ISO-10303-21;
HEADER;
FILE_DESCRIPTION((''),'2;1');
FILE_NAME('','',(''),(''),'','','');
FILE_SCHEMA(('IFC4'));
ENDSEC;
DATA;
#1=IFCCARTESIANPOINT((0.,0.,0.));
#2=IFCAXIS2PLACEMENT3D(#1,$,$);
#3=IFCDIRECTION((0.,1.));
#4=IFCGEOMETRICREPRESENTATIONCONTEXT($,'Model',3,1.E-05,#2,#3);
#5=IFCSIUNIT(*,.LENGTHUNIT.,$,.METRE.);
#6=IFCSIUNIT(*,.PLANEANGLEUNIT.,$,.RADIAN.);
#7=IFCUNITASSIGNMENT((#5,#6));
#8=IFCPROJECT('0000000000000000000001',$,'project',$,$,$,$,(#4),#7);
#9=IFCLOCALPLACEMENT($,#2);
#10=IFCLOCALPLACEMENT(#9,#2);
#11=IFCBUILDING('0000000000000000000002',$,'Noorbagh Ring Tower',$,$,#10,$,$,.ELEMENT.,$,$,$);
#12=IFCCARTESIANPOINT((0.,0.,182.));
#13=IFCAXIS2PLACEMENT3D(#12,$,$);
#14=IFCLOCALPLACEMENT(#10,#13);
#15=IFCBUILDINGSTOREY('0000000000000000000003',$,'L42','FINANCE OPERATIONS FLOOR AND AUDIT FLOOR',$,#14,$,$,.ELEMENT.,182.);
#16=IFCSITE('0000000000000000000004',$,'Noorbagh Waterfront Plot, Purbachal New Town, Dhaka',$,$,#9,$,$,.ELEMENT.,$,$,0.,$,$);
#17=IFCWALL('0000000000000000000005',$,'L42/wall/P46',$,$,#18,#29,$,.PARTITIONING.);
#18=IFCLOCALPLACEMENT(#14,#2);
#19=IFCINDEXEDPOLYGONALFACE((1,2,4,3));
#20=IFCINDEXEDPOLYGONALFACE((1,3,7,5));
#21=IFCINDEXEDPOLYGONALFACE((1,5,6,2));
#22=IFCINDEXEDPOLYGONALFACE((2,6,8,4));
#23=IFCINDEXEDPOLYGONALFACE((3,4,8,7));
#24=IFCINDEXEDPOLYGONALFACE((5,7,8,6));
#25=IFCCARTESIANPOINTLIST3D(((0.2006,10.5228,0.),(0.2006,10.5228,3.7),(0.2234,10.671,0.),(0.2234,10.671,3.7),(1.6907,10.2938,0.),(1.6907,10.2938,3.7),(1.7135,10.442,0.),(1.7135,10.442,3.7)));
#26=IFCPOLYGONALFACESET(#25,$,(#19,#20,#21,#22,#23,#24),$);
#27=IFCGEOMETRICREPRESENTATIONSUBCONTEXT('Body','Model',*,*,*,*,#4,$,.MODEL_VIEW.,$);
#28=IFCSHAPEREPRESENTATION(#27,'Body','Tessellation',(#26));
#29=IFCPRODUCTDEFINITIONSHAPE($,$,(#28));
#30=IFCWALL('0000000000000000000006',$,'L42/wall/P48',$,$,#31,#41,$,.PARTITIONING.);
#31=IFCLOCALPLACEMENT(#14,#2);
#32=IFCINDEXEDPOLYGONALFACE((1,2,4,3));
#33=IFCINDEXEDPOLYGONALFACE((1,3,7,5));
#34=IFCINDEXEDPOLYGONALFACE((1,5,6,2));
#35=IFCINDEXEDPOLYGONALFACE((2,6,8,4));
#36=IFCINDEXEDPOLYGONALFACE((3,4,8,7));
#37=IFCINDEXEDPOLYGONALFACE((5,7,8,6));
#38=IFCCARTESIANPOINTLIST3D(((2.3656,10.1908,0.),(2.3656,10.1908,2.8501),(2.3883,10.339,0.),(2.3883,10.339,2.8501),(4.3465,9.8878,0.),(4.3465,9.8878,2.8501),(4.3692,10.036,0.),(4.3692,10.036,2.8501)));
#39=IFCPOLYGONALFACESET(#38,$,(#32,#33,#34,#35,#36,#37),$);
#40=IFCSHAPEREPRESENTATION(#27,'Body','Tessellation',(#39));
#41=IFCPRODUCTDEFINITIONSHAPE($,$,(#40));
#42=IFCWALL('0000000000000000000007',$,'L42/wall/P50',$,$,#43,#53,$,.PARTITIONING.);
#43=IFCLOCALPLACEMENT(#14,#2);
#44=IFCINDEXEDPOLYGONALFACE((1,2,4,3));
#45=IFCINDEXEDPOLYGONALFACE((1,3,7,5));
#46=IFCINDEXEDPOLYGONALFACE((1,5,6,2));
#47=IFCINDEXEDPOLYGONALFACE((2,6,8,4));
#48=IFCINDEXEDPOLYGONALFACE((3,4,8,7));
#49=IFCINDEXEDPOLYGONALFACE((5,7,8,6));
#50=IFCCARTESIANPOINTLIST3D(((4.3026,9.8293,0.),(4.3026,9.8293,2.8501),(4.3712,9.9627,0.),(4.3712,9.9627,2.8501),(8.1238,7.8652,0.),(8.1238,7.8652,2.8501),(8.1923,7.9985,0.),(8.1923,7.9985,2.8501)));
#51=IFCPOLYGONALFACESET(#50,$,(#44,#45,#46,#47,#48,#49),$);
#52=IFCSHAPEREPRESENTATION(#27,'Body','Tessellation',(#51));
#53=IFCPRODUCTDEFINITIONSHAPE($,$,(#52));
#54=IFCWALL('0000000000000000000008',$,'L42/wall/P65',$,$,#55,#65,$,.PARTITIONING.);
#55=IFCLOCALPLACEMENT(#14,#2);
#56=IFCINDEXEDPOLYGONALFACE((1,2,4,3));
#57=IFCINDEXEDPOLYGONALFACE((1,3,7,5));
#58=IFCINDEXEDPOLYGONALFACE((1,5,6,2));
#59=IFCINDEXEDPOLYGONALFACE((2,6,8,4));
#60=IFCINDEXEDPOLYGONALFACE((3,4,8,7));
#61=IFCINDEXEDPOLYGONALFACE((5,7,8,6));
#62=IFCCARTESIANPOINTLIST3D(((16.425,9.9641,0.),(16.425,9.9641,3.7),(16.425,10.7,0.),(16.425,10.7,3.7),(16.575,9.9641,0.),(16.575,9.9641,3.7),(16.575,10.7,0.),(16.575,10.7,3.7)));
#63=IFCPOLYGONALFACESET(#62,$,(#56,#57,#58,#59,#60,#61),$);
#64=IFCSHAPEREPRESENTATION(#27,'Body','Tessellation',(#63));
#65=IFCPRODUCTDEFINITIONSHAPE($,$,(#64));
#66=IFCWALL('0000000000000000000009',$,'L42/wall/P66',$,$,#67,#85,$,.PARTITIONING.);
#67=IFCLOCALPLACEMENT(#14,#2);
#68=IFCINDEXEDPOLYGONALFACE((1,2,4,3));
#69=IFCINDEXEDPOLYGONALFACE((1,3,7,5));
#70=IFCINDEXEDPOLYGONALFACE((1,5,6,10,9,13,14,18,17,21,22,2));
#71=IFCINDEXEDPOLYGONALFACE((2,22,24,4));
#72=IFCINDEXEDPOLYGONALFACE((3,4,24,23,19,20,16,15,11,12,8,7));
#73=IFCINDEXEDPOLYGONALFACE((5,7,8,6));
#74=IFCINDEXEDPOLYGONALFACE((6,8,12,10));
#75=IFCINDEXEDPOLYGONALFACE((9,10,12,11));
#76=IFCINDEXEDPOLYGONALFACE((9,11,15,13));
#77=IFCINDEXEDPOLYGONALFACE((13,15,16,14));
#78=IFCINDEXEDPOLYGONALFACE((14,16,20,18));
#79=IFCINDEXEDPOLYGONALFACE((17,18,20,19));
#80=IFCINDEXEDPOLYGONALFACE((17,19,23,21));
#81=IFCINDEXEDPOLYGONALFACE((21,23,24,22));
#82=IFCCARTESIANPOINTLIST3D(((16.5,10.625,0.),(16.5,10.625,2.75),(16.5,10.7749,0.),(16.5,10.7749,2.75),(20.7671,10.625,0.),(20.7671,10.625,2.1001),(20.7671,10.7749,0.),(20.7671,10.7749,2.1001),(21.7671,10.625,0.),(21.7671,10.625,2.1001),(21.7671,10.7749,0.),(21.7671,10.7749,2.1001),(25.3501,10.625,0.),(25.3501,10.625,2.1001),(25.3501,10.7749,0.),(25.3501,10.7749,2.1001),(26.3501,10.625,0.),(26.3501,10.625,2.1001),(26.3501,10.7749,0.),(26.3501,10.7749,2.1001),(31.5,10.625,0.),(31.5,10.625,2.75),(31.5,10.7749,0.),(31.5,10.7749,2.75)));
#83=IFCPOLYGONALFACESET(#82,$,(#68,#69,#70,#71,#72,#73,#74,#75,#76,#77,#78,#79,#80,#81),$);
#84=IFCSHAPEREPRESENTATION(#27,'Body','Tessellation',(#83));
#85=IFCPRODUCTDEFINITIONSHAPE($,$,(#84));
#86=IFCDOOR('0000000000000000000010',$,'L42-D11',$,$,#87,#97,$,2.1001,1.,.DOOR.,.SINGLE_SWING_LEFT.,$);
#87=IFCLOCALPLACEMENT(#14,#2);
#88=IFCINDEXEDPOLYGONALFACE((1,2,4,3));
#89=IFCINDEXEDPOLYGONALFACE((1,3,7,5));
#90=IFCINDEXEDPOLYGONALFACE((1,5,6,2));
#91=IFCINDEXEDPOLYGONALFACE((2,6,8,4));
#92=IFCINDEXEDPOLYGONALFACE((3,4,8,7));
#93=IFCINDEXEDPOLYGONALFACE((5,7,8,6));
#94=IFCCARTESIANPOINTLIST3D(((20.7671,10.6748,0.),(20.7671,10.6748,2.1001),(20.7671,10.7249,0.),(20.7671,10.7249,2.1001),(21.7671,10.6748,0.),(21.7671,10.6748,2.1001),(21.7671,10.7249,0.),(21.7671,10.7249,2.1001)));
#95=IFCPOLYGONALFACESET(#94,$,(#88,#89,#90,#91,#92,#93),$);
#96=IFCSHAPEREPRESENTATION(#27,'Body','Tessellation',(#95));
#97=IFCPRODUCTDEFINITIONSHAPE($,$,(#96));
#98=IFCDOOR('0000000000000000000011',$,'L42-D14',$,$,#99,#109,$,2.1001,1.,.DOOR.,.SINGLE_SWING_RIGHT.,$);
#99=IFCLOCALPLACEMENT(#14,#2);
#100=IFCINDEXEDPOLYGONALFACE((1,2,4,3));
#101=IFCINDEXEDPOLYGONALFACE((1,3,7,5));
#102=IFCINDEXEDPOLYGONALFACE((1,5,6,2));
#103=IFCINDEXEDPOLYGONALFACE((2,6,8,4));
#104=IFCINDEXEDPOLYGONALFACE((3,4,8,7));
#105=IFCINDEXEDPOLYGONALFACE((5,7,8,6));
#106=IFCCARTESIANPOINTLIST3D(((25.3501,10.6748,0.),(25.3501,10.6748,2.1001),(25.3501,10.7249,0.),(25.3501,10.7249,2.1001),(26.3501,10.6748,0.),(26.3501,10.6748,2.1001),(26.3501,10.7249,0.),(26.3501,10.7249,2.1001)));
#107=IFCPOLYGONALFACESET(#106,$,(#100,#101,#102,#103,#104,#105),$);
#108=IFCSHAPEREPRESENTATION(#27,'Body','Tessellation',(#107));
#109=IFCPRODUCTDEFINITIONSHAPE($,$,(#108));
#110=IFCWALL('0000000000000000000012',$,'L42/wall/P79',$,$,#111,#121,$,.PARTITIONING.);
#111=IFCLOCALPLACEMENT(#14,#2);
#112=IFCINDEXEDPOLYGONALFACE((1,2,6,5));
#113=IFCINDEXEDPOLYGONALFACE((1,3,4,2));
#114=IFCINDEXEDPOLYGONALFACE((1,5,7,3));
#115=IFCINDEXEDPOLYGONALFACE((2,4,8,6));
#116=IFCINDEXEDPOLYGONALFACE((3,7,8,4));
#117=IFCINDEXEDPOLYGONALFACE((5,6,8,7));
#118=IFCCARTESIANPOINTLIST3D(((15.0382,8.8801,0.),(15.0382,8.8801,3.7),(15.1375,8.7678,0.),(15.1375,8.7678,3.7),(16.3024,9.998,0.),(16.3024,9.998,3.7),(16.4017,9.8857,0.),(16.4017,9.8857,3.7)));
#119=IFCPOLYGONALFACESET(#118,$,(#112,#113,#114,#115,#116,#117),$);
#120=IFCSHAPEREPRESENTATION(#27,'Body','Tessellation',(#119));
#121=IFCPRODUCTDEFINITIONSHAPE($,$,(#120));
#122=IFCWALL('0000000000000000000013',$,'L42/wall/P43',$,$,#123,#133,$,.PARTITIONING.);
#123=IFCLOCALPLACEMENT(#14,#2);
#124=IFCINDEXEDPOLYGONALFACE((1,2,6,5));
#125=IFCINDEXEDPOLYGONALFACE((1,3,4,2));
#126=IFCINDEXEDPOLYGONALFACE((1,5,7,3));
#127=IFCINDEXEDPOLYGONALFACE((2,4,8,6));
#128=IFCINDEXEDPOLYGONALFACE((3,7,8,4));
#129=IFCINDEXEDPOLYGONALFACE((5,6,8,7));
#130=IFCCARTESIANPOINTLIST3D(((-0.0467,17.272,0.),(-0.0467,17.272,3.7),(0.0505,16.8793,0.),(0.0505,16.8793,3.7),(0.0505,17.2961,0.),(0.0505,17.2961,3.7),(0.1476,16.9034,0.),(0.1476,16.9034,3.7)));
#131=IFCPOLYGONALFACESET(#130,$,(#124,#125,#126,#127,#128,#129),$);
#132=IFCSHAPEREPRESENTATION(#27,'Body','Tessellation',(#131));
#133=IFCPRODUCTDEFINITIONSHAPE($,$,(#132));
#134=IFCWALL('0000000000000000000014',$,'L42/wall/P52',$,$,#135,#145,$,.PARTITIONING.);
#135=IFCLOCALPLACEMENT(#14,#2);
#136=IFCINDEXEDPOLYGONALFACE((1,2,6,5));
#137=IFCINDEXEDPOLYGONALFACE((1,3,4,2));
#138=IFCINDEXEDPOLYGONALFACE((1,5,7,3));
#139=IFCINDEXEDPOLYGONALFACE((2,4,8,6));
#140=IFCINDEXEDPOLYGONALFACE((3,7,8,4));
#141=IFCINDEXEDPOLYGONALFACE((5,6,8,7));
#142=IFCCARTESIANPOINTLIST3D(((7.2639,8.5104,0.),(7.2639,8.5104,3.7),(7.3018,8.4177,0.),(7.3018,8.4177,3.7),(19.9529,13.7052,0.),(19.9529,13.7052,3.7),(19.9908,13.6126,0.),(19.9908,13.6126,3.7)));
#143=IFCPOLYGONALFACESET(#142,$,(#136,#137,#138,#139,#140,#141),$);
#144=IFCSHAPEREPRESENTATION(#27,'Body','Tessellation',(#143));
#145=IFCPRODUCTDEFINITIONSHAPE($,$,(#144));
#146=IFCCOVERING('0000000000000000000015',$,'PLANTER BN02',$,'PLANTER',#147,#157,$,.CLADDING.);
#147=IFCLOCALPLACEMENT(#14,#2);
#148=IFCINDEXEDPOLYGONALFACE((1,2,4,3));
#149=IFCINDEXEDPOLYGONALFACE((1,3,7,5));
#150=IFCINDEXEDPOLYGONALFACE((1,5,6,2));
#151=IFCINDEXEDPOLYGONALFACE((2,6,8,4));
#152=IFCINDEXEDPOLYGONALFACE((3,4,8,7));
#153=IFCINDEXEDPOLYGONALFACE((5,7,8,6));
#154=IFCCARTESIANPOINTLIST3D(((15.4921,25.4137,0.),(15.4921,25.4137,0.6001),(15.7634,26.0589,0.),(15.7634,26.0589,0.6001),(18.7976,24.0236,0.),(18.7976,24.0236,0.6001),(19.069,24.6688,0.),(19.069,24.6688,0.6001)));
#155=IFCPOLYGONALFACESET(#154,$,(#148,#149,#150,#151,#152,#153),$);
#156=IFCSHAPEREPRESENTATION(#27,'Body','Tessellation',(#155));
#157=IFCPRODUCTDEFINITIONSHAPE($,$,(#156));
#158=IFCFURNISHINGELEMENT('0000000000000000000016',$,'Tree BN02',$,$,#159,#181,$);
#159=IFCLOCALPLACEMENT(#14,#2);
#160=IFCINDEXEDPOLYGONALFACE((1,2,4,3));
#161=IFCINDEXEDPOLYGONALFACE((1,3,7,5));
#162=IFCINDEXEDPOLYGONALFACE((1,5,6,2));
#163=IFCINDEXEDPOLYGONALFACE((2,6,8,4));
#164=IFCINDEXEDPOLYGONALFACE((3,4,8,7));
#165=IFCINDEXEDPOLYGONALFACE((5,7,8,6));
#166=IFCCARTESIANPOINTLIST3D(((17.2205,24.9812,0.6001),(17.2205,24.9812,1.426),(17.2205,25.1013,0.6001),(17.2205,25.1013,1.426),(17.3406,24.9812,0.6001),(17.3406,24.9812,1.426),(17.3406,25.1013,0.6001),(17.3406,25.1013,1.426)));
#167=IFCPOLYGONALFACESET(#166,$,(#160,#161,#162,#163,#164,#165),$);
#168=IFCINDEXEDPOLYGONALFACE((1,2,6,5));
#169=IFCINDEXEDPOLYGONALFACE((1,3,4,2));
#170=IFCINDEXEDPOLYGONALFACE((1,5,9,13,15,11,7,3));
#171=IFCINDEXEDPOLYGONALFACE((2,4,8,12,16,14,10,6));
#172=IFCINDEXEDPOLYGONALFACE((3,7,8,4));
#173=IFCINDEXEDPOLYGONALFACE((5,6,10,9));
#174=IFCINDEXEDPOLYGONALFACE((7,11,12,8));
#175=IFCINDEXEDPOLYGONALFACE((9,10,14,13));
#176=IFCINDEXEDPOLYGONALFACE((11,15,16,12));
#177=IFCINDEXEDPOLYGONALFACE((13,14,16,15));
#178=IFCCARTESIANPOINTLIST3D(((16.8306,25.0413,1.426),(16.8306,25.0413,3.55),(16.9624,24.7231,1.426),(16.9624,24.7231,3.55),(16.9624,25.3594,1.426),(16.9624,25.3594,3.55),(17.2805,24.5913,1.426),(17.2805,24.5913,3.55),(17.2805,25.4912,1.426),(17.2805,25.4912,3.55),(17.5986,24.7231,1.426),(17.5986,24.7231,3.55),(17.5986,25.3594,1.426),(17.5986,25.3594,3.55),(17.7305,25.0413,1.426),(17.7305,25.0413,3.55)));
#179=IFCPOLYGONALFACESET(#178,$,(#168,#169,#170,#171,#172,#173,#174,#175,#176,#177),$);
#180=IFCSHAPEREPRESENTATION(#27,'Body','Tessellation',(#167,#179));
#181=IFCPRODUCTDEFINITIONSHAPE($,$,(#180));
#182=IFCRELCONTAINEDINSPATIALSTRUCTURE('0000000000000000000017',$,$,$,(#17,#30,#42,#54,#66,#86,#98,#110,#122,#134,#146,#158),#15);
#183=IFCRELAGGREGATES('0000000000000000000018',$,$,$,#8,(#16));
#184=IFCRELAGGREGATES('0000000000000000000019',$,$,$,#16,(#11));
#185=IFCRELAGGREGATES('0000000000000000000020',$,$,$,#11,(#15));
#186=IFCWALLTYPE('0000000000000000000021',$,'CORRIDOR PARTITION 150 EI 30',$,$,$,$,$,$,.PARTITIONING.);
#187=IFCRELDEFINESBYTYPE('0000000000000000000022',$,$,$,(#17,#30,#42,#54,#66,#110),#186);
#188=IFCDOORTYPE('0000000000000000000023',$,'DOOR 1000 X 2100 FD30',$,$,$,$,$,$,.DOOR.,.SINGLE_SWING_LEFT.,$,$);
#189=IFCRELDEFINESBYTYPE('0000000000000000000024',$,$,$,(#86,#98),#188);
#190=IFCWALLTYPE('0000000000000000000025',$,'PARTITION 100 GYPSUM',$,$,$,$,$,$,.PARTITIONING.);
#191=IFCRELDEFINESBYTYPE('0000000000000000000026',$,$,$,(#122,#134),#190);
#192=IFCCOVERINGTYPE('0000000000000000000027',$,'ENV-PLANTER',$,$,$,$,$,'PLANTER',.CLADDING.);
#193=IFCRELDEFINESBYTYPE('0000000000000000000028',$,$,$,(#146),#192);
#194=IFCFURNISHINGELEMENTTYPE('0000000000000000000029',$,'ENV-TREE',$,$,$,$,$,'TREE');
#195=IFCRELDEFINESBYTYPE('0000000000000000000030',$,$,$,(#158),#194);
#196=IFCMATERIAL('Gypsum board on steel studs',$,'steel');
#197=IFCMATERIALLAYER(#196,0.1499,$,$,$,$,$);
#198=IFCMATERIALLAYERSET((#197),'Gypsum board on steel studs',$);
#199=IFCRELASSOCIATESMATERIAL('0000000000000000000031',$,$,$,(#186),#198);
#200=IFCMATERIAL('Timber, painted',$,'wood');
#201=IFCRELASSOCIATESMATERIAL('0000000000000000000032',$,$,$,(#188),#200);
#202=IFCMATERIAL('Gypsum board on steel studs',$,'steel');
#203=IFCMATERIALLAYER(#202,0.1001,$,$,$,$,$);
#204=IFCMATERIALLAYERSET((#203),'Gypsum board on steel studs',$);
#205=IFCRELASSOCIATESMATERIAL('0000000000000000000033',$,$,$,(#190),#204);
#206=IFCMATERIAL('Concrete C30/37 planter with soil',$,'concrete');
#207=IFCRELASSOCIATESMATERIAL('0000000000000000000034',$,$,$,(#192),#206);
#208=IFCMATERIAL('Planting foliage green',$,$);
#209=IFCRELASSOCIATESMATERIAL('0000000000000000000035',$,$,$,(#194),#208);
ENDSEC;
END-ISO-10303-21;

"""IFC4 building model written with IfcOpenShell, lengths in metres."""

from ifc_helpers import new_model, si_unit, direction, frame, frame_2d, origin, origin_2d, place, context, subcontext, project, spatial, polyline, rectangle, outline, extrude, material, layer, layer_set, type_object, element, fill, save


model = new_model("IFC4")

# Units and contexts
model_context = context("Model", 3, precision=1e-05, world=origin(), true_north=direction((0.0, 1.0)))
body_context = subcontext(model_context, "Body", "Model", "MODEL_VIEW")
ifc_project = project(units=[si_unit("LENGTHUNIT", "METRE"), si_unit("PLANEANGLEUNIT", "RADIAN")], contexts=[model_context])

# Site, building, storey
site_placement = place(None, origin())
site = spatial("IfcSite", under=ifc_project, at=site_placement, Name="Noorbagh Waterfront Plot, Purbachal New Town, Dhaka", CompositionType="ELEMENT", RefElevation=0.0)
building_placement = place(site_placement, origin())
building = spatial("IfcBuilding", under=site, at=building_placement, Name="Noorbagh Ring Tower", CompositionType="ELEMENT")
storey_placement = place(building_placement, frame((0.0, 0.0, 182.0)))
storey = spatial("IfcBuildingStorey", under=building, at=storey_placement, Name="L42", Description="FINANCE OPERATIONS FLOOR AND AUDIT FLOOR", CompositionType="ELEMENT", Elevation=182.0)

# Walls
ifc_material_1 = material(Name="Gypsum board on steel studs", Category="steel")
ifc_layer_1 = layer(ifc_material_1, 0.1499)
ifc_layer_set_1 = layer_set([ifc_layer_1], Name="Gypsum board on steel studs")
wall_type_1 = type_object("IfcWallType", Name="CORRIDOR PARTITION 150 EI 30", PredefinedType="PARTITIONING", material=ifc_layer_set_1)
wall_1_placement = place(storey_placement, frame((0.2119, 10.5969, 0.0), z_axis=(0.0, 0.0, 1.0), x_axis=(0.988394, -0.151911, 0.0)))
element("IfcWall", 1, at=wall_1_placement, inside=storey, type_object=wall_type_1, Name="L42/wall/P46", PredefinedType="PARTITIONING", context=body_context, shape_type="SweptSolid", body=[
    extrude(rectangle(XDim=1.5076, YDim=0.1499, at=frame_2d((0.7539, 0.0))), origin(), (0.0, 0.0, 1.0), 3.7),
])
wall_2_placement = place(storey_placement, frame((2.377, 10.2649, 0.0), z_axis=(0.0, 0.0, 1.0), x_axis=(0.988505, -0.151187, 0.0)))
element("IfcWall", 2, at=wall_2_placement, inside=storey, type_object=wall_type_1, Name="L42/wall/P48", PredefinedType="PARTITIONING", context=body_context, shape_type="SweptSolid", body=[
    extrude(rectangle(XDim=2.0039, YDim=0.1499, at=frame_2d((1.002, 0.0))), origin(), (0.0, 0.0, 1.0), 2.8501),
])
wall_3_placement = place(storey_placement, frame((4.3369, 9.896, 0.0), z_axis=(0.0, 0.0, 1.0), x_axis=(0.889382, -0.457164, 0.0)))
element("IfcWall", 3, at=wall_3_placement, inside=storey, type_object=wall_type_1, Name="L42/wall/P50", PredefinedType="PARTITIONING", context=body_context, shape_type="SweptSolid", body=[
    extrude(rectangle(XDim=4.2964, YDim=0.1499, at=frame_2d((2.1482, 0.0))), origin(), (0.0, 0.0, 1.0), 2.8501),
])
wall_4_placement = place(storey_placement, frame((16.5, 9.9641, 0.0), z_axis=(0.0, 0.0, 1.0), x_axis=(0.0, 1.0, 0.0)))
element("IfcWall", 4, at=wall_4_placement, inside=storey, type_object=wall_type_1, Name="L42/wall/P65", PredefinedType="PARTITIONING", context=body_context, shape_type="SweptSolid", body=[
    extrude(rectangle(XDim=0.7358, YDim=0.1499, at=frame_2d((0.3679, 0.0))), origin(), (0.0, 0.0, 1.0), 3.7),
])

# Wall, openings, doors
wall_5_placement = place(storey_placement, frame((16.5, 10.7, 0.0), z_axis=(0.0, 0.0, 1.0), x_axis=(1.0, 0.0, 0.0)))
wall_5 = element("IfcWall", 5, at=wall_5_placement, inside=storey, type_object=wall_type_1, Name="L42/wall/P66", PredefinedType="PARTITIONING", context=body_context, shape_type="SweptSolid", body=[
    extrude(rectangle(XDim=15.0, YDim=0.1499, at=frame_2d((7.5, 0.0))), origin(), (0.0, 0.0, 1.0), 2.75),
])
opening_1_placement = place(wall_5_placement, frame((4.2671, 0.0, 0.0)))
opening_1 = element("IfcOpeningElement", 6, at=opening_1_placement, cuts=wall_5, PredefinedType="OPENING", context=body_context, shape_type="SweptSolid", body=[
    extrude(rectangle(XDim=1.0, YDim=2.1001, at=frame_2d((0.5, 1.05))), frame((0.0, 0.085, 0.0), z_axis=(0.0, -1.0, 0.0), x_axis=(1.0, 0.0, 0.0)), (0.0, 0.0, 1.0), 0.1699),
])
opening_2_placement = place(wall_5_placement, frame((8.8501, 0.0, 0.0)))
opening_2 = element("IfcOpeningElement", 7, at=opening_2_placement, cuts=wall_5, PredefinedType="OPENING", context=body_context, shape_type="SweptSolid", body=[
    extrude(rectangle(XDim=1.0, YDim=2.1001, at=frame_2d((0.5, 1.05))), frame((0.0, 0.085, 0.0), z_axis=(0.0, -1.0, 0.0), x_axis=(1.0, 0.0, 0.0)), (0.0, 0.0, 1.0), 0.1699),
])
ifc_material_2 = material(Name="Timber, painted", Category="wood")
door_type_1 = type_object("IfcDoorType", Name="DOOR 1000 X 2100 FD30", OperationType="SINGLE_SWING_LEFT", PredefinedType="DOOR", material=ifc_material_2)
door_1_placement = place(opening_1_placement, origin())
door_1 = element("IfcDoor", 8, at=door_1_placement, inside=storey, type_object=door_type_1, Name="L42-D11", OperationType="SINGLE_SWING_LEFT", OverallHeight=2.1001, OverallWidth=1.0, PredefinedType="DOOR", context=body_context, shape_type="SweptSolid", body=[
    extrude(rectangle(XDim=1.0, YDim=2.1001, at=frame_2d((0.5, 1.05))), frame((0.0, 0.0249, 0.0), z_axis=(0.0, -1.0, 0.0), x_axis=(1.0, 0.0, 0.0)), (0.0, 0.0, 1.0), 0.05),
])
fill(opening_1, door_1)
door_2_placement = place(opening_2_placement, origin())
door_2 = element("IfcDoor", 9, at=door_2_placement, inside=storey, type_object=door_type_1, Name="L42-D14", OperationType="SINGLE_SWING_RIGHT", OverallHeight=2.1001, OverallWidth=1.0, PredefinedType="DOOR", context=body_context, shape_type="SweptSolid", body=[
    extrude(rectangle(XDim=1.0, YDim=2.1001, at=frame_2d((0.5, 1.05))), frame((0.0, 0.0249, 0.0), z_axis=(0.0, -1.0, 0.0), x_axis=(1.0, 0.0, 0.0)), (0.0, 0.0, 1.0), 0.05),
])
fill(opening_2, door_2)

# Walls
wall_6_placement = place(storey_placement, frame((15.0879, 8.824, 0.0), z_axis=(0.0, 0.0, 1.0), x_axis=(0.749107, 0.662449, 0.0)))
element("IfcWall", 10, at=wall_6_placement, inside=storey, type_object=wall_type_1, Name="L42/wall/P79", PredefinedType="PARTITIONING", context=body_context, shape_type="SweptSolid", body=[
    extrude(rectangle(XDim=1.6875, YDim=0.1499, at=frame_2d((0.8438, 0.0))), origin(), (0.0, 0.0, 1.0), 3.7),
])
ifc_material_3 = material(Name="Gypsum board on steel studs", Category="steel")
ifc_layer_2 = layer(ifc_material_3, 0.1001)
ifc_layer_set_2 = layer_set([ifc_layer_2], Name="Gypsum board on steel studs")
wall_type_2 = type_object("IfcWallType", Name="PARTITION 100 GYPSUM", PredefinedType="PARTITIONING", material=ifc_layer_set_2)
wall_7_placement = place(storey_placement, frame((0.002, 17.2839, 0.0), z_axis=(0.0, 0.0, 1.0), x_axis=(0.240122, -0.970743, 0.0)))
element("IfcWall", 11, at=wall_7_placement, inside=storey, type_object=wall_type_2, Name="L42/wall/P43", PredefinedType="PARTITIONING", context=body_context, shape_type="SweptSolid", body=[
    extrude(rectangle(XDim=0.4045, YDim=0.1001, at=frame_2d((0.2021, 0.0))), origin(), (0.0, 0.0, 1.0), 3.7),
])
wall_8_placement = place(storey_placement, frame((7.283, 8.4641, 0.0), z_axis=(0.0, 0.0, 1.0), x_axis=(0.925448, 0.378875, 0.0)))
element("IfcWall", 12, at=wall_8_placement, inside=storey, type_object=wall_type_2, Name="L42/wall/P52", PredefinedType="PARTITIONING", context=body_context, shape_type="SweptSolid", body=[
    extrude(rectangle(XDim=13.7112, YDim=0.1001, at=frame_2d((6.8555, 0.0))), origin(), (0.0, 0.0, 1.0), 3.7),
])

# Covering
ifc_material_4 = material(Name="Concrete C30/37 planter with soil", Category="concrete")
covering_type = type_object("IfcCoveringType", Name="ENV-PLANTER", ElementType="PLANTER", PredefinedType="CLADDING", material=ifc_material_4)
covering_placement = place(storey_placement, frame((17.2805, 25.0413, 0.0), z_axis=(0.0, 0.0, 1.0), x_axis=(-0.921812, 0.387638, 0.0)))
element("IfcCovering", 13, at=covering_placement, inside=storey, type_object=covering_type, Name="PLANTER BN02", ObjectType="PLANTER", PredefinedType="CLADDING", context=body_context, shape_type="SweptSolid", body=[
    extrude(rectangle(XDim=3.5859, YDim=0.7, at=origin_2d()), origin(), (0.0, 0.0, 1.0), 0.6001),
])

# Furnishing element
ifc_material_5 = material(Name="Planting foliage green")
furnishing_element_type = type_object("IfcFurnishingElementType", Name="ENV-TREE", ElementType="TREE", material=ifc_material_5)
furnishing_placement = place(storey_placement, frame((17.2805, 25.0413, 0.6001), z_axis=(0.0, 0.0, 1.0), x_axis=(1.0, 0.0, 0.0)))
element("IfcFurnishingElement", 14, at=furnishing_placement, inside=storey, type_object=furnishing_element_type, Name="Tree BN02", context=body_context, shape_type="SweptSolid", body=[
    extrude(rectangle(XDim=0.1201, YDim=0.1201, at=origin_2d()), origin(), (0.0, 0.0, 1.0), 0.8259),
    extrude(outline(polyline([(0.45, 0.0), (0.3181, 0.3181), (0.0, 0.45), (-0.3181, 0.3181), (-0.45, 0.0), (-0.3181, -0.3181), (0.0, -0.45), (0.3181, -0.3181), (0.45, 0.0)])), frame((0.0, 0.0, 0.8259)), (0.0, 0.0, 1.0), 2.124),
])

save(model, "model.ifc")
